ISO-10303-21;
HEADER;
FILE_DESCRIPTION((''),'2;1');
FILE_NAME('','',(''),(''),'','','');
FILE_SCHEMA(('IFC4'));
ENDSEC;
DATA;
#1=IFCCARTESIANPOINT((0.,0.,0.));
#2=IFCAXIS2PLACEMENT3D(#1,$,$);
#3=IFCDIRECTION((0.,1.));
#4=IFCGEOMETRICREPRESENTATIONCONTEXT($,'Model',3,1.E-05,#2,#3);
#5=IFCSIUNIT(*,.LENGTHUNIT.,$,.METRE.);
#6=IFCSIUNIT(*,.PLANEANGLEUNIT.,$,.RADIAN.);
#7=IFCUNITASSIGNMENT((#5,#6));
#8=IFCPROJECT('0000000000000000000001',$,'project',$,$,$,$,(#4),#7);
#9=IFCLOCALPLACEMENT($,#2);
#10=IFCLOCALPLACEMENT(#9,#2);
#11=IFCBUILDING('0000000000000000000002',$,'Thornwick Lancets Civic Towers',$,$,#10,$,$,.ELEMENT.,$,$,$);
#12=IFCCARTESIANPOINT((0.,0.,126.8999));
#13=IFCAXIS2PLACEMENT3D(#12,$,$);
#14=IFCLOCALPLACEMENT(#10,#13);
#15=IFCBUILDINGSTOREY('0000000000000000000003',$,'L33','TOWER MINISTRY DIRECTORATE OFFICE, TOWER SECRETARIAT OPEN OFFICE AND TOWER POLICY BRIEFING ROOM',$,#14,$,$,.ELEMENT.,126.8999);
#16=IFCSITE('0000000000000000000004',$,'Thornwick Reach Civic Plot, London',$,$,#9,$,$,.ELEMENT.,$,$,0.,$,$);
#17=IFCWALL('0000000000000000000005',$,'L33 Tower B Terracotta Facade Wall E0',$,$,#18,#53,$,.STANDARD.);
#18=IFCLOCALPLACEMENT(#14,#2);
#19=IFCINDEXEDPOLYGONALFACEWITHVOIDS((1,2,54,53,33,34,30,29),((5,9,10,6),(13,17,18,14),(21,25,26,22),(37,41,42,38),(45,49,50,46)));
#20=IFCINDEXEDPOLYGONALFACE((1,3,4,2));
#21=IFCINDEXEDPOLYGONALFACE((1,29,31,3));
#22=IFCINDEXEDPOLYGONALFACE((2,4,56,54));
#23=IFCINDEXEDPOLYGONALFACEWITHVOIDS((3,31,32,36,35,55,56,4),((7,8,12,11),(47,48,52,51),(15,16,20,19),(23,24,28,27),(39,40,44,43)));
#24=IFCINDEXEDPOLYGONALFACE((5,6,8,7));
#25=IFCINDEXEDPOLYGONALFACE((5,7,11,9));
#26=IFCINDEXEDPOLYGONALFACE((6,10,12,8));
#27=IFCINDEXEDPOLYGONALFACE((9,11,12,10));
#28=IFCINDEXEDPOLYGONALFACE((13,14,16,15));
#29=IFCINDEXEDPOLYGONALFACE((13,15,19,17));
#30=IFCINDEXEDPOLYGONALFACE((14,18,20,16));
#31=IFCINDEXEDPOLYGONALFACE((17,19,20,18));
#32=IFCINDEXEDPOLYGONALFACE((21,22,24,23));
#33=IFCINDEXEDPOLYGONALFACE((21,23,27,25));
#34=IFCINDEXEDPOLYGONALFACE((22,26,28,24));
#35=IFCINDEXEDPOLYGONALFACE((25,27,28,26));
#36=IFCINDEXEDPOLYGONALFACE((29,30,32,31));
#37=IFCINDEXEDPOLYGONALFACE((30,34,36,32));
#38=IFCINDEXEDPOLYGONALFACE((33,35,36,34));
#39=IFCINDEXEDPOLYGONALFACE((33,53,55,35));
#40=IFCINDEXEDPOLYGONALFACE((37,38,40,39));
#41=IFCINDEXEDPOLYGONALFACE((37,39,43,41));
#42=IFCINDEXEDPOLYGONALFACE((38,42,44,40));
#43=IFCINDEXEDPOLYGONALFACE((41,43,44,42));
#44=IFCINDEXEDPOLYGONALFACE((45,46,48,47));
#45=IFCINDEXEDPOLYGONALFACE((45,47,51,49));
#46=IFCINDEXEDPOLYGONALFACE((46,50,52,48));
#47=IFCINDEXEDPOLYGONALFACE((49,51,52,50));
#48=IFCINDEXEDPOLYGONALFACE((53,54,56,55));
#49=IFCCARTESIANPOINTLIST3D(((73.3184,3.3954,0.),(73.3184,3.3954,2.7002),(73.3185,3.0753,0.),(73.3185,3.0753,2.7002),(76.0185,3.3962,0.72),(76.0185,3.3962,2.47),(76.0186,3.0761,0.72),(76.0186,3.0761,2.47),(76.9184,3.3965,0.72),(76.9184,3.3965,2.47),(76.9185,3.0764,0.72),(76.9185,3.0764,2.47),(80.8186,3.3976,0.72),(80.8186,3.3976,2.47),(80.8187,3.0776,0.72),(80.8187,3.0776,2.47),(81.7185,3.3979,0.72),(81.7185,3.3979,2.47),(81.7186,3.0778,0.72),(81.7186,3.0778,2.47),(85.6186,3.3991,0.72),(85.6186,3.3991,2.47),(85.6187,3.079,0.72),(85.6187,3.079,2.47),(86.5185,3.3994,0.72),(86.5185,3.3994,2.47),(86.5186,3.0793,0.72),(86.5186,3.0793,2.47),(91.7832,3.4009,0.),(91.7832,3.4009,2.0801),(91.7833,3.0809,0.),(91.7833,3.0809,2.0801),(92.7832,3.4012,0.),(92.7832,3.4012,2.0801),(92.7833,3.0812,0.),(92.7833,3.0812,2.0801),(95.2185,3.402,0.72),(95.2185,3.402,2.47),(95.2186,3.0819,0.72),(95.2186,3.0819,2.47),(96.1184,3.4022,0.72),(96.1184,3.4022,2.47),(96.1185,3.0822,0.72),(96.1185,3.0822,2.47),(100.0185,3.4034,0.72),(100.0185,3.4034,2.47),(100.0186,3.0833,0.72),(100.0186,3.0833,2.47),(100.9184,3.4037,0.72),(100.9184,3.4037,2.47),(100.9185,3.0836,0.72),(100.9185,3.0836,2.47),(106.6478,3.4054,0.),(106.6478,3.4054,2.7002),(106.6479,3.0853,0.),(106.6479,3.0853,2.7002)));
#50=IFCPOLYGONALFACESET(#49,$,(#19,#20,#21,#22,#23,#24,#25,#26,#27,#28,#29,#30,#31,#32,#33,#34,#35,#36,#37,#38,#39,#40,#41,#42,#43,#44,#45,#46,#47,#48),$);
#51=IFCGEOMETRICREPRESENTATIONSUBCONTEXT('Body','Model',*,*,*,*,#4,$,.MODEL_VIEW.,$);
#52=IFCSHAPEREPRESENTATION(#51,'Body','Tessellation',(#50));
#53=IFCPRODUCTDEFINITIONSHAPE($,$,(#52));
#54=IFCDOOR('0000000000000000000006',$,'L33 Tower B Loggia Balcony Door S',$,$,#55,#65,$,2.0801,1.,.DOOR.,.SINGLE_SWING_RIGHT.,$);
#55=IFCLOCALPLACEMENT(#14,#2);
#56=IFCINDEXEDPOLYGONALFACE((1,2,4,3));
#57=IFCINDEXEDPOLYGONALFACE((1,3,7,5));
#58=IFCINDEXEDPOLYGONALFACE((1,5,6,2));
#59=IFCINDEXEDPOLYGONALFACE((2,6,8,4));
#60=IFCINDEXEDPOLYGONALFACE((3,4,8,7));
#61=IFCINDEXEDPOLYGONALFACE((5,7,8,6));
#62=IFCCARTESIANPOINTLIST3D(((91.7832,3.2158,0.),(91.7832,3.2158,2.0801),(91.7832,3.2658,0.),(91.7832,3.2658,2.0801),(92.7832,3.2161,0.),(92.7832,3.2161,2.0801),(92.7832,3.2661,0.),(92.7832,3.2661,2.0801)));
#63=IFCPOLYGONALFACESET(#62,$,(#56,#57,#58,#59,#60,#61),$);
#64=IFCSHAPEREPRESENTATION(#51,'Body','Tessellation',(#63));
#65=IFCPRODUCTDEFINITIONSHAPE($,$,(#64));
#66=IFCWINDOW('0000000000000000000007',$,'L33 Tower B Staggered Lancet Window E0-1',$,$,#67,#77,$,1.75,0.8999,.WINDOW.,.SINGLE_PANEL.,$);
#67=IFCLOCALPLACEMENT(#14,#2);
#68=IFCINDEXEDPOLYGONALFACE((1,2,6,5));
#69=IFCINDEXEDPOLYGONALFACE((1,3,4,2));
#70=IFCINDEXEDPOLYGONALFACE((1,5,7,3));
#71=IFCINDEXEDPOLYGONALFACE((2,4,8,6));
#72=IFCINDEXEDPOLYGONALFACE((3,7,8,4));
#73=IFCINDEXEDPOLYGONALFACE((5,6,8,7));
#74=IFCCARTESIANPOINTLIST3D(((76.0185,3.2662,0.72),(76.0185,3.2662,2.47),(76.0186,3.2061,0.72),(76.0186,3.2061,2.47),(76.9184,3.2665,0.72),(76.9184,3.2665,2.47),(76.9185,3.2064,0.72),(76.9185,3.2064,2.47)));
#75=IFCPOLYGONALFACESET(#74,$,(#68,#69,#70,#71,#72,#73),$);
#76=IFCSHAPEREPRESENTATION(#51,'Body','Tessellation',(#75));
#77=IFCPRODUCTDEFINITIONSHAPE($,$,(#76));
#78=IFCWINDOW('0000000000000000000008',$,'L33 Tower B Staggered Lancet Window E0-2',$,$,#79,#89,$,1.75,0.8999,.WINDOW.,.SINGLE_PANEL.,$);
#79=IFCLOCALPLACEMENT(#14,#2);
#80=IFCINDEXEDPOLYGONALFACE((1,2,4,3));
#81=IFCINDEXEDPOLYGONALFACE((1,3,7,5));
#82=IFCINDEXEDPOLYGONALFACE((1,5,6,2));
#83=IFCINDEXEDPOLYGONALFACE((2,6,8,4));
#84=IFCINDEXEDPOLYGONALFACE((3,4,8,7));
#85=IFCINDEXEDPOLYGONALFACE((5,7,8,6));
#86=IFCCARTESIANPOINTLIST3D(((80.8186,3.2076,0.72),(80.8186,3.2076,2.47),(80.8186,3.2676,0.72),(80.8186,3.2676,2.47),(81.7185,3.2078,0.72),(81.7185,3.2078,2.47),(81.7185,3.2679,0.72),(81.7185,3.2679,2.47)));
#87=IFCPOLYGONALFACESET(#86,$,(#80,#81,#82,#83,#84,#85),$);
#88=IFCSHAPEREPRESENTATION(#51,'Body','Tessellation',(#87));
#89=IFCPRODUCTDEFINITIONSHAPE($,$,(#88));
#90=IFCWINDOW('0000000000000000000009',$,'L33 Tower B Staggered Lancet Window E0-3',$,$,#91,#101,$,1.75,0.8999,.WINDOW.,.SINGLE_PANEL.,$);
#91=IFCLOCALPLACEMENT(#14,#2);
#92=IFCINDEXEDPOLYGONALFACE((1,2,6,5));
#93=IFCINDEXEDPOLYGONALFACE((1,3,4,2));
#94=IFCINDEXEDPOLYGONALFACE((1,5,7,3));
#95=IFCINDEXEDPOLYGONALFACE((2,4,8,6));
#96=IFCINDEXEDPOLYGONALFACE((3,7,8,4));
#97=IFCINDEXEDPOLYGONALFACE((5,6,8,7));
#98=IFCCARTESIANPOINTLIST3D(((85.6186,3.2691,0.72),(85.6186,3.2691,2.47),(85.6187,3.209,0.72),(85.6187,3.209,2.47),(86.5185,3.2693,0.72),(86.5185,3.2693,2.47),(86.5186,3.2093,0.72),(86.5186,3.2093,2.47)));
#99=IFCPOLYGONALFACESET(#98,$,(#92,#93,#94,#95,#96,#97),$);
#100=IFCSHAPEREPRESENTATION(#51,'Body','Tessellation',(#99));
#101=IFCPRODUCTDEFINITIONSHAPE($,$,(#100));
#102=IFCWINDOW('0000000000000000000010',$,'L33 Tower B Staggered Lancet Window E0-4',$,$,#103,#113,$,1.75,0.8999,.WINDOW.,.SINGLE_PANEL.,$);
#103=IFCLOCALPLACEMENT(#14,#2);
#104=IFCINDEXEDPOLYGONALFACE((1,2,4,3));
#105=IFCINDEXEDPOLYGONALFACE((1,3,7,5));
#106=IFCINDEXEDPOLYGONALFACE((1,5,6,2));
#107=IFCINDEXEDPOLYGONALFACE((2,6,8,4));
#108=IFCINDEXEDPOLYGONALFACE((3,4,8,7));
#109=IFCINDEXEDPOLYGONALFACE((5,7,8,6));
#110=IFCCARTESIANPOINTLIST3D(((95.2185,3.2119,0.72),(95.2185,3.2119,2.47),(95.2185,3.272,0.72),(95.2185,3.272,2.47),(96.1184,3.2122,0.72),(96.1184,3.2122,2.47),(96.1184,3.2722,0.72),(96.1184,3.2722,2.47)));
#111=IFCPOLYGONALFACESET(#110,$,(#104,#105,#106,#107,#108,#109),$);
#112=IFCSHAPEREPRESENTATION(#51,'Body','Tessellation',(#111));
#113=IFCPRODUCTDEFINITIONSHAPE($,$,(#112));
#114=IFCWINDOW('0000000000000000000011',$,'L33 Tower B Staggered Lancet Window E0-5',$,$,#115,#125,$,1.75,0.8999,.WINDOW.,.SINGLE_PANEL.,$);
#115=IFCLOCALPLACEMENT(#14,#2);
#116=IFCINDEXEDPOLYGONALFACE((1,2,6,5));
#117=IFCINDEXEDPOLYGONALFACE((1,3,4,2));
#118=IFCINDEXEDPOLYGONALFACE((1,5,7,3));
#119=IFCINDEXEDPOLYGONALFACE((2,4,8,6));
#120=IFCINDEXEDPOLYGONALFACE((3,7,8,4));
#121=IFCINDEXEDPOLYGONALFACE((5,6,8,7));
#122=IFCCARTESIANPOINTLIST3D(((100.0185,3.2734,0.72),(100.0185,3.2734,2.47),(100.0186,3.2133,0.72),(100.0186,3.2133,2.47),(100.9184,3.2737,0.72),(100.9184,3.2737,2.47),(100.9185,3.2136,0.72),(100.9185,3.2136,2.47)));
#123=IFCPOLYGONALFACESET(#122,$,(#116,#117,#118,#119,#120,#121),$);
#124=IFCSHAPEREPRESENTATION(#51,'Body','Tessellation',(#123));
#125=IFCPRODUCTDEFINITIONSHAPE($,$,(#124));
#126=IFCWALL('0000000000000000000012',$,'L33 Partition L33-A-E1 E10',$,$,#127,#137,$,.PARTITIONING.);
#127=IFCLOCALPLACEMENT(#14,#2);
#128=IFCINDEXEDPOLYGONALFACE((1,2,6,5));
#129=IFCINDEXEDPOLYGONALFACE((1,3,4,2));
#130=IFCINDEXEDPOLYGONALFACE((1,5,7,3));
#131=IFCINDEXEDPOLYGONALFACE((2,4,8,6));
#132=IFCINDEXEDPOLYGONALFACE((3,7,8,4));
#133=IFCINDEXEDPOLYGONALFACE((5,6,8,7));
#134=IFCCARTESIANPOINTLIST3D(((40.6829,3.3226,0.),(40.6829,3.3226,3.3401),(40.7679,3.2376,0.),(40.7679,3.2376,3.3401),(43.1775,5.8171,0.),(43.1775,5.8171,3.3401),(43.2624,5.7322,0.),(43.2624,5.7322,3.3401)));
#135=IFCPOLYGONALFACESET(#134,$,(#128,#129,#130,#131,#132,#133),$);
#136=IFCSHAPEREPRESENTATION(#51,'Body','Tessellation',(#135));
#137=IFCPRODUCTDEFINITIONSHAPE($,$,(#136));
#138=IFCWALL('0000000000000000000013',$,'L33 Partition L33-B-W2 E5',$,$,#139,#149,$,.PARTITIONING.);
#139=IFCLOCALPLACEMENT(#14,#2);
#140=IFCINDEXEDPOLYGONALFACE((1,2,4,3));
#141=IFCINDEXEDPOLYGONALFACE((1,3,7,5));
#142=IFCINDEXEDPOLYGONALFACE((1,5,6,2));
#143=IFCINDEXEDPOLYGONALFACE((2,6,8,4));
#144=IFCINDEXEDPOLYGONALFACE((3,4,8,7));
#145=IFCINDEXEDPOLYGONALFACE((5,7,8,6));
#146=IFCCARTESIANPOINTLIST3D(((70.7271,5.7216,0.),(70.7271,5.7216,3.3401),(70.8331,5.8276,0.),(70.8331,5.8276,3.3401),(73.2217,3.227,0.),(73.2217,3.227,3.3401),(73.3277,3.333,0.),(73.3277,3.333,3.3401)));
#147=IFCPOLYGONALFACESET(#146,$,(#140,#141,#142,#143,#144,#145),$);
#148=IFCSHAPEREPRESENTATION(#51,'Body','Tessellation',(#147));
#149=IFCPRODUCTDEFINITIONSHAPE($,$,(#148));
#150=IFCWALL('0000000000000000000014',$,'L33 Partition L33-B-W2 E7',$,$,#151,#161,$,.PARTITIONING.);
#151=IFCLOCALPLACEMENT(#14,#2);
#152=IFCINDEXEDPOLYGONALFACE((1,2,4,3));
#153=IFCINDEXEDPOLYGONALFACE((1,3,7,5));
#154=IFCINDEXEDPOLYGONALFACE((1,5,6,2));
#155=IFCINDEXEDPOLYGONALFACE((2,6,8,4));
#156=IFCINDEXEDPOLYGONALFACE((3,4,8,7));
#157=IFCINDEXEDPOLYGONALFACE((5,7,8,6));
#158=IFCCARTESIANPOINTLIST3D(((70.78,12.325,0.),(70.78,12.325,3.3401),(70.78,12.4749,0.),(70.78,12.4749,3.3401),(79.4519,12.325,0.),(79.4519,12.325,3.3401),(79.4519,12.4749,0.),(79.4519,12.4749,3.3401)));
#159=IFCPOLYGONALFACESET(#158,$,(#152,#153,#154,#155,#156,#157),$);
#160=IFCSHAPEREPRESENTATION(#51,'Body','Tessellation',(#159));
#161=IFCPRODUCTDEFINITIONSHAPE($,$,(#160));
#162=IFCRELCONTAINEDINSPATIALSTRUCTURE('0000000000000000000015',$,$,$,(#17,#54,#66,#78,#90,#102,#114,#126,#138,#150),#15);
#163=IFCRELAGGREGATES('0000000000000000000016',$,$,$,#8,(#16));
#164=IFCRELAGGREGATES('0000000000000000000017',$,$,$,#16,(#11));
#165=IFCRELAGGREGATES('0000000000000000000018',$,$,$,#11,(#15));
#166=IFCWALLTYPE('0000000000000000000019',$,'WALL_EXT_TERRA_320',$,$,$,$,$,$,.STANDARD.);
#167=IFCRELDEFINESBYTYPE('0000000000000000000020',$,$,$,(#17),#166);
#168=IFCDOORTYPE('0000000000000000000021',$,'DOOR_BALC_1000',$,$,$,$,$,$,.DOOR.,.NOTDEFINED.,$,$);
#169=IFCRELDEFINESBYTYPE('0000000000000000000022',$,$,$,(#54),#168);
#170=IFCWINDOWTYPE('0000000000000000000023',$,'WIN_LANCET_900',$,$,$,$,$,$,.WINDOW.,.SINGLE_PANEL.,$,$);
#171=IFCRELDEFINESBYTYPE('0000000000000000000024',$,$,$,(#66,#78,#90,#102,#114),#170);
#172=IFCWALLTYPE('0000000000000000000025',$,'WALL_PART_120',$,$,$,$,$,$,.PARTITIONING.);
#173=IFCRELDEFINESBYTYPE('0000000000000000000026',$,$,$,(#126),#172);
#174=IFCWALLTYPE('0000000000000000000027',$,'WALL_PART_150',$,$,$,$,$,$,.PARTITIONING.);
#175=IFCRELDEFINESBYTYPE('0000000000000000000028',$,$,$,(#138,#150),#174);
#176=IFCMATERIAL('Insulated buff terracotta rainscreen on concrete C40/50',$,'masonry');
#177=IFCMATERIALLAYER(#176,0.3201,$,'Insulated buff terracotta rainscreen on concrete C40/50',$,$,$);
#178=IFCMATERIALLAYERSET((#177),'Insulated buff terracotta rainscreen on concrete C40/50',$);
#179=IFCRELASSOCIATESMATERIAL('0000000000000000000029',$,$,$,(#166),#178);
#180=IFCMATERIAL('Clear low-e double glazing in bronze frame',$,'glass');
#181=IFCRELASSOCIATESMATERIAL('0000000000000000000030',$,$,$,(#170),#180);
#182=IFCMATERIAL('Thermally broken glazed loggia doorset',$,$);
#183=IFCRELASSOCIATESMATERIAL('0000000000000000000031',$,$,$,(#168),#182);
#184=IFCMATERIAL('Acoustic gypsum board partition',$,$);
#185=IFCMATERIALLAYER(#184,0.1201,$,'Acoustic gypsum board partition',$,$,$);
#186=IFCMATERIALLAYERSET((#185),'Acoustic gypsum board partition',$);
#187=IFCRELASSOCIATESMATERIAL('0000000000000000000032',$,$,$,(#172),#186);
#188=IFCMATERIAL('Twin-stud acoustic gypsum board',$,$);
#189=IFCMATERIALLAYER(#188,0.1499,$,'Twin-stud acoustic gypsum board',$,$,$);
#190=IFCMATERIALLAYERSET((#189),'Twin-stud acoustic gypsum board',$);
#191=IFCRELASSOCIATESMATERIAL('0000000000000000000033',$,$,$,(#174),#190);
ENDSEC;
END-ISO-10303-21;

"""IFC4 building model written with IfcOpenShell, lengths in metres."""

from ifc_helpers import new_model, si_unit, direction, frame, frame_2d, origin, place, context, subcontext, project, spatial, rectangle, extrude, material, layer, layer_set, type_object, element, fill, save


model = new_model("IFC4")

# Units and contexts
model_context = context("Model", 3, precision=1e-05, world=origin(), true_north=direction((0.0, 1.0)))
body_context = subcontext(model_context, "Body", "Model", "MODEL_VIEW")
ifc_project = project(units=[si_unit("LENGTHUNIT", "METRE"), si_unit("PLANEANGLEUNIT", "RADIAN")], contexts=[model_context])

# Site, building, storey
site_placement = place(None, origin())
site = spatial("IfcSite", under=ifc_project, at=site_placement, Name="Thornwick Reach Civic Plot, London", CompositionType="ELEMENT", RefElevation=0.0)
building_placement = place(site_placement, origin())
building = spatial("IfcBuilding", under=site, at=building_placement, Name="Thornwick Lancets Civic Towers", CompositionType="ELEMENT")
storey_placement = place(building_placement, frame((0.0, 0.0, 126.8999)))
storey = spatial("IfcBuildingStorey", under=building, at=storey_placement, Name="L33", Description="TOWER MINISTRY DIRECTORATE OFFICE, TOWER SECRETARIAT OPEN OFFICE AND TOWER POLICY BRIEFING ROOM", CompositionType="ELEMENT", Elevation=126.8999)

# Shared definitions
ifc_material_1 = material(Name="Insulated buff terracotta rainscreen on concrete C40/50", Category="masonry")
ifc_layer_1 = layer(ifc_material_1, 0.3201, Name="Insulated buff terracotta rainscreen on concrete C40/50")
ifc_layer_set_1 = layer_set([ifc_layer_1], Name="Insulated buff terracotta rainscreen on concrete C40/50")
wall_type_1 = type_object("IfcWallType", Name="WALL_EXT_TERRA_320", PredefinedType="STANDARD", material=ifc_layer_set_1)
ifc_material_2 = material(Name="Clear low-e double glazing in bronze frame", Category="glass")
window_type = type_object("IfcWindowType", Name="WIN_LANCET_900", PartitioningType="SINGLE_PANEL", PredefinedType="WINDOW", material=ifc_material_2)

# Wall, openings, door, windows
wall_1_placement = place(storey_placement, frame((73.3186, 3.2354, 0.0), z_axis=(0.0, 0.0, 1.0), x_axis=(1.0, 0.0003, 0.0)))
wall_1 = element("IfcWall", 1, at=wall_1_placement, inside=storey, type_object=wall_type_1, Name="L33 Tower B Terracotta Facade Wall E0", PredefinedType="STANDARD", context=body_context, shape_type="SweptSolid", body=[
    extrude(rectangle(XDim=33.3293, YDim=0.3201, at=frame_2d((16.6646, 0.0))), origin(), (0.0, 0.0, 1.0), 2.7002),
])
opening_1_placement = place(wall_1_placement, frame((18.4646, 0.0, 0.0)))
opening_1 = element("IfcOpeningElement", 2, at=opening_1_placement, cuts=wall_1, PredefinedType="OPENING", context=body_context, shape_type="SweptSolid", body=[
    extrude(rectangle(XDim=1.0, YDim=2.0801, at=frame_2d((0.5, 1.04))), frame((0.0, 0.1699, 0.0), z_axis=(0.0, -1.0, 0.0), x_axis=(1.0, 0.0, 0.0)), (0.0, 0.0, 1.0), 0.3401),
])
opening_2_placement = place(wall_1_placement, frame((2.7, 0.0, 0.72)))
opening_2 = element("IfcOpeningElement", 3, at=opening_2_placement, cuts=wall_1, PredefinedType="OPENING", context=body_context, shape_type="SweptSolid", body=[
    extrude(rectangle(XDim=0.8999, YDim=1.75, at=frame_2d((0.45, 0.875))), frame((0.0, 0.1699, 0.0), z_axis=(0.0, -1.0, 0.0), x_axis=(1.0, 0.0, 0.0)), (0.0, 0.0, 1.0), 0.3401),
])
opening_3_placement = place(wall_1_placement, frame((7.5, 0.0, 0.72)))
opening_3 = element("IfcOpeningElement", 4, at=opening_3_placement, cuts=wall_1, PredefinedType="OPENING", context=body_context, shape_type="SweptSolid", body=[
    extrude(rectangle(XDim=0.8999, YDim=1.75, at=frame_2d((0.45, 0.875))), frame((0.0, 0.1699, 0.0), z_axis=(0.0, -1.0, 0.0), x_axis=(1.0, 0.0, 0.0)), (0.0, 0.0, 1.0), 0.3401),
])
opening_4_placement = place(wall_1_placement, frame((12.3, 0.0, 0.72)))
opening_4 = element("IfcOpeningElement", 5, at=opening_4_placement, cuts=wall_1, PredefinedType="OPENING", context=body_context, shape_type="SweptSolid", body=[
    extrude(rectangle(XDim=0.8999, YDim=1.75, at=frame_2d((0.45, 0.875))), frame((0.0, 0.1699, 0.0), z_axis=(0.0, -1.0, 0.0), x_axis=(1.0, 0.0, 0.0)), (0.0, 0.0, 1.0), 0.3401),
])
opening_5_placement = place(wall_1_placement, frame((21.8999, 0.0, 0.72)))
opening_5 = element("IfcOpeningElement", 6, at=opening_5_placement, cuts=wall_1, PredefinedType="OPENING", context=body_context, shape_type="SweptSolid", body=[
    extrude(rectangle(XDim=0.8999, YDim=1.75, at=frame_2d((0.45, 0.875))), frame((0.0, 0.1699, 0.0), z_axis=(0.0, -1.0, 0.0), x_axis=(1.0, 0.0, 0.0)), (0.0, 0.0, 1.0), 0.3401),
])
opening_6_placement = place(wall_1_placement, frame((26.7, 0.0, 0.72)))
opening_6 = element("IfcOpeningElement", 7, at=opening_6_placement, cuts=wall_1, PredefinedType="OPENING", context=body_context, shape_type="SweptSolid", body=[
    extrude(rectangle(XDim=0.8999, YDim=1.75, at=frame_2d((0.45, 0.875))), frame((0.0, 0.1699, 0.0), z_axis=(0.0, -1.0, 0.0), x_axis=(1.0, 0.0, 0.0)), (0.0, 0.0, 1.0), 0.3401),
])
ifc_material_3 = material(Name="Thermally broken glazed loggia doorset")
door_type = type_object("IfcDoorType", Name="DOOR_BALC_1000", OperationType="NOTDEFINED", PredefinedType="DOOR", material=ifc_material_3)
door_placement = place(opening_1_placement, origin())
door = element("IfcDoor", 8, at=door_placement, inside=storey, type_object=door_type, Name="L33 Tower B Loggia Balcony Door S", OperationType="SINGLE_SWING_RIGHT", OverallHeight=2.0801, OverallWidth=1.0, PredefinedType="DOOR", context=body_context, shape_type="SweptSolid", body=[
    extrude(rectangle(XDim=1.0, YDim=2.0801, at=frame_2d((0.5, 1.04))), frame((0.0, 0.0249, 0.0), z_axis=(0.0, -1.0, 0.0), x_axis=(1.0, 0.0, 0.0)), (0.0, 0.0, 1.0), 0.05),
])
fill(opening_1, door)
window_1_placement = place(opening_2_placement, origin())
window_1 = element("IfcWindow", 9, at=window_1_placement, inside=storey, type_object=window_type, Name="L33 Tower B Staggered Lancet Window E0-1", OverallHeight=1.75, OverallWidth=0.8999, PartitioningType="SINGLE_PANEL", PredefinedType="WINDOW", context=body_context, shape_type="SweptSolid", body=[
    extrude(rectangle(XDim=0.8999, YDim=1.75, at=frame_2d((0.45, 0.875))), frame((0.0, 0.03, 0.0), z_axis=(0.0, -1.0, 0.0), x_axis=(1.0, 0.0, 0.0)), (0.0, 0.0, 1.0), 0.0601),
])
fill(opening_2, window_1)
window_2_placement = place(opening_3_placement, origin())
window_2 = element("IfcWindow", 10, at=window_2_placement, inside=storey, type_object=window_type, Name="L33 Tower B Staggered Lancet Window E0-2", OverallHeight=1.75, OverallWidth=0.8999, PartitioningType="SINGLE_PANEL", PredefinedType="WINDOW", context=body_context, shape_type="SweptSolid", body=[
    extrude(rectangle(XDim=0.8999, YDim=1.75, at=frame_2d((0.45, 0.875))), frame((0.0, 0.03, 0.0), z_axis=(0.0, -1.0, 0.0), x_axis=(1.0, 0.0, 0.0)), (0.0, 0.0, 1.0), 0.0601),
])
fill(opening_3, window_2)
window_3_placement = place(opening_4_placement, origin())
window_3 = element("IfcWindow", 11, at=window_3_placement, inside=storey, type_object=window_type, Name="L33 Tower B Staggered Lancet Window E0-3", OverallHeight=1.75, OverallWidth=0.8999, PartitioningType="SINGLE_PANEL", PredefinedType="WINDOW", context=body_context, shape_type="SweptSolid", body=[
    extrude(rectangle(XDim=0.8999, YDim=1.75, at=frame_2d((0.45, 0.875))), frame((0.0, 0.03, 0.0), z_axis=(0.0, -1.0, 0.0), x_axis=(1.0, 0.0, 0.0)), (0.0, 0.0, 1.0), 0.0601),
])
fill(opening_4, window_3)
window_4_placement = place(opening_5_placement, origin())
window_4 = element("IfcWindow", 12, at=window_4_placement, inside=storey, type_object=window_type, Name="L33 Tower B Staggered Lancet Window E0-4", OverallHeight=1.75, OverallWidth=0.8999, PartitioningType="SINGLE_PANEL", PredefinedType="WINDOW", context=body_context, shape_type="SweptSolid", body=[
    extrude(rectangle(XDim=0.8999, YDim=1.75, at=frame_2d((0.45, 0.875))), frame((0.0, 0.03, 0.0), z_axis=(0.0, -1.0, 0.0), x_axis=(1.0, 0.0, 0.0)), (0.0, 0.0, 1.0), 0.0601),
])
fill(opening_5, window_4)
window_5_placement = place(opening_6_placement, origin())
window_5 = element("IfcWindow", 13, at=window_5_placement, inside=storey, type_object=window_type, Name="L33 Tower B Staggered Lancet Window E0-5", OverallHeight=1.75, OverallWidth=0.8999, PartitioningType="SINGLE_PANEL", PredefinedType="WINDOW", context=body_context, shape_type="SweptSolid", body=[
    extrude(rectangle(XDim=0.8999, YDim=1.75, at=frame_2d((0.45, 0.875))), frame((0.0, 0.03, 0.0), z_axis=(0.0, -1.0, 0.0), x_axis=(1.0, 0.0, 0.0)), (0.0, 0.0, 1.0), 0.0601),
])
fill(opening_6, window_5)

# Walls
ifc_material_4 = material(Name="Acoustic gypsum board partition")
ifc_layer_2 = layer(ifc_material_4, 0.1201, Name="Acoustic gypsum board partition")
ifc_layer_set_2 = layer_set([ifc_layer_2], Name="Acoustic gypsum board partition")
wall_type_2 = type_object("IfcWallType", Name="WALL_PART_120", PredefinedType="PARTITIONING", material=ifc_layer_set_2)
wall_2_placement = place(storey_placement, frame((43.22, 5.7747, 0.0), z_axis=(0.0, 0.0, 1.0), x_axis=(-0.707107, -0.707107, 0.0)))
element("IfcWall", 14, at=wall_2_placement, inside=storey, type_object=wall_type_2, Name="L33 Partition L33-A-E1 E10", PredefinedType="PARTITIONING", context=body_context, shape_type="SweptSolid", body=[
    extrude(rectangle(XDim=3.5278, YDim=0.1201, at=frame_2d((1.7639, 0.0))), origin(), (0.0, 0.0, 1.0), 3.3401),
])
ifc_material_5 = material(Name="Twin-stud acoustic gypsum board")
ifc_layer_3 = layer(ifc_material_5, 0.1499, Name="Twin-stud acoustic gypsum board")
ifc_layer_set_3 = layer_set([ifc_layer_3], Name="Twin-stud acoustic gypsum board")
wall_type_3 = type_object("IfcWallType", Name="WALL_PART_150", PredefinedType="PARTITIONING", material=ifc_layer_set_3)
wall_3_placement = place(storey_placement, frame((73.2747, 3.28, 0.0), z_axis=(0.0, 0.0, 1.0), x_axis=(-0.707107, 0.707107, 0.0)))
element("IfcWall", 15, at=wall_3_placement, inside=storey, type_object=wall_type_3, Name="L33 Partition L33-B-W2 E5", PredefinedType="PARTITIONING", context=body_context, shape_type="SweptSolid", body=[
    extrude(rectangle(XDim=3.5278, YDim=0.1499, at=frame_2d((1.7639, 0.0))), origin(), (0.0, 0.0, 1.0), 3.3401),
])
wall_4_placement = place(storey_placement, frame((70.78, 12.3999, 0.0), z_axis=(0.0, 0.0, 1.0), x_axis=(1.0, 0.0, 0.0)))
element("IfcWall", 16, at=wall_4_placement, inside=storey, type_object=wall_type_3, Name="L33 Partition L33-B-W2 E7", PredefinedType="PARTITIONING", context=body_context, shape_type="SweptSolid", body=[
    extrude(rectangle(XDim=8.6719, YDim=0.1499, at=frame_2d((4.3359, 0.0))), origin(), (0.0, 0.0, 1.0), 3.3401),
])

save(model, "model.ifc")
